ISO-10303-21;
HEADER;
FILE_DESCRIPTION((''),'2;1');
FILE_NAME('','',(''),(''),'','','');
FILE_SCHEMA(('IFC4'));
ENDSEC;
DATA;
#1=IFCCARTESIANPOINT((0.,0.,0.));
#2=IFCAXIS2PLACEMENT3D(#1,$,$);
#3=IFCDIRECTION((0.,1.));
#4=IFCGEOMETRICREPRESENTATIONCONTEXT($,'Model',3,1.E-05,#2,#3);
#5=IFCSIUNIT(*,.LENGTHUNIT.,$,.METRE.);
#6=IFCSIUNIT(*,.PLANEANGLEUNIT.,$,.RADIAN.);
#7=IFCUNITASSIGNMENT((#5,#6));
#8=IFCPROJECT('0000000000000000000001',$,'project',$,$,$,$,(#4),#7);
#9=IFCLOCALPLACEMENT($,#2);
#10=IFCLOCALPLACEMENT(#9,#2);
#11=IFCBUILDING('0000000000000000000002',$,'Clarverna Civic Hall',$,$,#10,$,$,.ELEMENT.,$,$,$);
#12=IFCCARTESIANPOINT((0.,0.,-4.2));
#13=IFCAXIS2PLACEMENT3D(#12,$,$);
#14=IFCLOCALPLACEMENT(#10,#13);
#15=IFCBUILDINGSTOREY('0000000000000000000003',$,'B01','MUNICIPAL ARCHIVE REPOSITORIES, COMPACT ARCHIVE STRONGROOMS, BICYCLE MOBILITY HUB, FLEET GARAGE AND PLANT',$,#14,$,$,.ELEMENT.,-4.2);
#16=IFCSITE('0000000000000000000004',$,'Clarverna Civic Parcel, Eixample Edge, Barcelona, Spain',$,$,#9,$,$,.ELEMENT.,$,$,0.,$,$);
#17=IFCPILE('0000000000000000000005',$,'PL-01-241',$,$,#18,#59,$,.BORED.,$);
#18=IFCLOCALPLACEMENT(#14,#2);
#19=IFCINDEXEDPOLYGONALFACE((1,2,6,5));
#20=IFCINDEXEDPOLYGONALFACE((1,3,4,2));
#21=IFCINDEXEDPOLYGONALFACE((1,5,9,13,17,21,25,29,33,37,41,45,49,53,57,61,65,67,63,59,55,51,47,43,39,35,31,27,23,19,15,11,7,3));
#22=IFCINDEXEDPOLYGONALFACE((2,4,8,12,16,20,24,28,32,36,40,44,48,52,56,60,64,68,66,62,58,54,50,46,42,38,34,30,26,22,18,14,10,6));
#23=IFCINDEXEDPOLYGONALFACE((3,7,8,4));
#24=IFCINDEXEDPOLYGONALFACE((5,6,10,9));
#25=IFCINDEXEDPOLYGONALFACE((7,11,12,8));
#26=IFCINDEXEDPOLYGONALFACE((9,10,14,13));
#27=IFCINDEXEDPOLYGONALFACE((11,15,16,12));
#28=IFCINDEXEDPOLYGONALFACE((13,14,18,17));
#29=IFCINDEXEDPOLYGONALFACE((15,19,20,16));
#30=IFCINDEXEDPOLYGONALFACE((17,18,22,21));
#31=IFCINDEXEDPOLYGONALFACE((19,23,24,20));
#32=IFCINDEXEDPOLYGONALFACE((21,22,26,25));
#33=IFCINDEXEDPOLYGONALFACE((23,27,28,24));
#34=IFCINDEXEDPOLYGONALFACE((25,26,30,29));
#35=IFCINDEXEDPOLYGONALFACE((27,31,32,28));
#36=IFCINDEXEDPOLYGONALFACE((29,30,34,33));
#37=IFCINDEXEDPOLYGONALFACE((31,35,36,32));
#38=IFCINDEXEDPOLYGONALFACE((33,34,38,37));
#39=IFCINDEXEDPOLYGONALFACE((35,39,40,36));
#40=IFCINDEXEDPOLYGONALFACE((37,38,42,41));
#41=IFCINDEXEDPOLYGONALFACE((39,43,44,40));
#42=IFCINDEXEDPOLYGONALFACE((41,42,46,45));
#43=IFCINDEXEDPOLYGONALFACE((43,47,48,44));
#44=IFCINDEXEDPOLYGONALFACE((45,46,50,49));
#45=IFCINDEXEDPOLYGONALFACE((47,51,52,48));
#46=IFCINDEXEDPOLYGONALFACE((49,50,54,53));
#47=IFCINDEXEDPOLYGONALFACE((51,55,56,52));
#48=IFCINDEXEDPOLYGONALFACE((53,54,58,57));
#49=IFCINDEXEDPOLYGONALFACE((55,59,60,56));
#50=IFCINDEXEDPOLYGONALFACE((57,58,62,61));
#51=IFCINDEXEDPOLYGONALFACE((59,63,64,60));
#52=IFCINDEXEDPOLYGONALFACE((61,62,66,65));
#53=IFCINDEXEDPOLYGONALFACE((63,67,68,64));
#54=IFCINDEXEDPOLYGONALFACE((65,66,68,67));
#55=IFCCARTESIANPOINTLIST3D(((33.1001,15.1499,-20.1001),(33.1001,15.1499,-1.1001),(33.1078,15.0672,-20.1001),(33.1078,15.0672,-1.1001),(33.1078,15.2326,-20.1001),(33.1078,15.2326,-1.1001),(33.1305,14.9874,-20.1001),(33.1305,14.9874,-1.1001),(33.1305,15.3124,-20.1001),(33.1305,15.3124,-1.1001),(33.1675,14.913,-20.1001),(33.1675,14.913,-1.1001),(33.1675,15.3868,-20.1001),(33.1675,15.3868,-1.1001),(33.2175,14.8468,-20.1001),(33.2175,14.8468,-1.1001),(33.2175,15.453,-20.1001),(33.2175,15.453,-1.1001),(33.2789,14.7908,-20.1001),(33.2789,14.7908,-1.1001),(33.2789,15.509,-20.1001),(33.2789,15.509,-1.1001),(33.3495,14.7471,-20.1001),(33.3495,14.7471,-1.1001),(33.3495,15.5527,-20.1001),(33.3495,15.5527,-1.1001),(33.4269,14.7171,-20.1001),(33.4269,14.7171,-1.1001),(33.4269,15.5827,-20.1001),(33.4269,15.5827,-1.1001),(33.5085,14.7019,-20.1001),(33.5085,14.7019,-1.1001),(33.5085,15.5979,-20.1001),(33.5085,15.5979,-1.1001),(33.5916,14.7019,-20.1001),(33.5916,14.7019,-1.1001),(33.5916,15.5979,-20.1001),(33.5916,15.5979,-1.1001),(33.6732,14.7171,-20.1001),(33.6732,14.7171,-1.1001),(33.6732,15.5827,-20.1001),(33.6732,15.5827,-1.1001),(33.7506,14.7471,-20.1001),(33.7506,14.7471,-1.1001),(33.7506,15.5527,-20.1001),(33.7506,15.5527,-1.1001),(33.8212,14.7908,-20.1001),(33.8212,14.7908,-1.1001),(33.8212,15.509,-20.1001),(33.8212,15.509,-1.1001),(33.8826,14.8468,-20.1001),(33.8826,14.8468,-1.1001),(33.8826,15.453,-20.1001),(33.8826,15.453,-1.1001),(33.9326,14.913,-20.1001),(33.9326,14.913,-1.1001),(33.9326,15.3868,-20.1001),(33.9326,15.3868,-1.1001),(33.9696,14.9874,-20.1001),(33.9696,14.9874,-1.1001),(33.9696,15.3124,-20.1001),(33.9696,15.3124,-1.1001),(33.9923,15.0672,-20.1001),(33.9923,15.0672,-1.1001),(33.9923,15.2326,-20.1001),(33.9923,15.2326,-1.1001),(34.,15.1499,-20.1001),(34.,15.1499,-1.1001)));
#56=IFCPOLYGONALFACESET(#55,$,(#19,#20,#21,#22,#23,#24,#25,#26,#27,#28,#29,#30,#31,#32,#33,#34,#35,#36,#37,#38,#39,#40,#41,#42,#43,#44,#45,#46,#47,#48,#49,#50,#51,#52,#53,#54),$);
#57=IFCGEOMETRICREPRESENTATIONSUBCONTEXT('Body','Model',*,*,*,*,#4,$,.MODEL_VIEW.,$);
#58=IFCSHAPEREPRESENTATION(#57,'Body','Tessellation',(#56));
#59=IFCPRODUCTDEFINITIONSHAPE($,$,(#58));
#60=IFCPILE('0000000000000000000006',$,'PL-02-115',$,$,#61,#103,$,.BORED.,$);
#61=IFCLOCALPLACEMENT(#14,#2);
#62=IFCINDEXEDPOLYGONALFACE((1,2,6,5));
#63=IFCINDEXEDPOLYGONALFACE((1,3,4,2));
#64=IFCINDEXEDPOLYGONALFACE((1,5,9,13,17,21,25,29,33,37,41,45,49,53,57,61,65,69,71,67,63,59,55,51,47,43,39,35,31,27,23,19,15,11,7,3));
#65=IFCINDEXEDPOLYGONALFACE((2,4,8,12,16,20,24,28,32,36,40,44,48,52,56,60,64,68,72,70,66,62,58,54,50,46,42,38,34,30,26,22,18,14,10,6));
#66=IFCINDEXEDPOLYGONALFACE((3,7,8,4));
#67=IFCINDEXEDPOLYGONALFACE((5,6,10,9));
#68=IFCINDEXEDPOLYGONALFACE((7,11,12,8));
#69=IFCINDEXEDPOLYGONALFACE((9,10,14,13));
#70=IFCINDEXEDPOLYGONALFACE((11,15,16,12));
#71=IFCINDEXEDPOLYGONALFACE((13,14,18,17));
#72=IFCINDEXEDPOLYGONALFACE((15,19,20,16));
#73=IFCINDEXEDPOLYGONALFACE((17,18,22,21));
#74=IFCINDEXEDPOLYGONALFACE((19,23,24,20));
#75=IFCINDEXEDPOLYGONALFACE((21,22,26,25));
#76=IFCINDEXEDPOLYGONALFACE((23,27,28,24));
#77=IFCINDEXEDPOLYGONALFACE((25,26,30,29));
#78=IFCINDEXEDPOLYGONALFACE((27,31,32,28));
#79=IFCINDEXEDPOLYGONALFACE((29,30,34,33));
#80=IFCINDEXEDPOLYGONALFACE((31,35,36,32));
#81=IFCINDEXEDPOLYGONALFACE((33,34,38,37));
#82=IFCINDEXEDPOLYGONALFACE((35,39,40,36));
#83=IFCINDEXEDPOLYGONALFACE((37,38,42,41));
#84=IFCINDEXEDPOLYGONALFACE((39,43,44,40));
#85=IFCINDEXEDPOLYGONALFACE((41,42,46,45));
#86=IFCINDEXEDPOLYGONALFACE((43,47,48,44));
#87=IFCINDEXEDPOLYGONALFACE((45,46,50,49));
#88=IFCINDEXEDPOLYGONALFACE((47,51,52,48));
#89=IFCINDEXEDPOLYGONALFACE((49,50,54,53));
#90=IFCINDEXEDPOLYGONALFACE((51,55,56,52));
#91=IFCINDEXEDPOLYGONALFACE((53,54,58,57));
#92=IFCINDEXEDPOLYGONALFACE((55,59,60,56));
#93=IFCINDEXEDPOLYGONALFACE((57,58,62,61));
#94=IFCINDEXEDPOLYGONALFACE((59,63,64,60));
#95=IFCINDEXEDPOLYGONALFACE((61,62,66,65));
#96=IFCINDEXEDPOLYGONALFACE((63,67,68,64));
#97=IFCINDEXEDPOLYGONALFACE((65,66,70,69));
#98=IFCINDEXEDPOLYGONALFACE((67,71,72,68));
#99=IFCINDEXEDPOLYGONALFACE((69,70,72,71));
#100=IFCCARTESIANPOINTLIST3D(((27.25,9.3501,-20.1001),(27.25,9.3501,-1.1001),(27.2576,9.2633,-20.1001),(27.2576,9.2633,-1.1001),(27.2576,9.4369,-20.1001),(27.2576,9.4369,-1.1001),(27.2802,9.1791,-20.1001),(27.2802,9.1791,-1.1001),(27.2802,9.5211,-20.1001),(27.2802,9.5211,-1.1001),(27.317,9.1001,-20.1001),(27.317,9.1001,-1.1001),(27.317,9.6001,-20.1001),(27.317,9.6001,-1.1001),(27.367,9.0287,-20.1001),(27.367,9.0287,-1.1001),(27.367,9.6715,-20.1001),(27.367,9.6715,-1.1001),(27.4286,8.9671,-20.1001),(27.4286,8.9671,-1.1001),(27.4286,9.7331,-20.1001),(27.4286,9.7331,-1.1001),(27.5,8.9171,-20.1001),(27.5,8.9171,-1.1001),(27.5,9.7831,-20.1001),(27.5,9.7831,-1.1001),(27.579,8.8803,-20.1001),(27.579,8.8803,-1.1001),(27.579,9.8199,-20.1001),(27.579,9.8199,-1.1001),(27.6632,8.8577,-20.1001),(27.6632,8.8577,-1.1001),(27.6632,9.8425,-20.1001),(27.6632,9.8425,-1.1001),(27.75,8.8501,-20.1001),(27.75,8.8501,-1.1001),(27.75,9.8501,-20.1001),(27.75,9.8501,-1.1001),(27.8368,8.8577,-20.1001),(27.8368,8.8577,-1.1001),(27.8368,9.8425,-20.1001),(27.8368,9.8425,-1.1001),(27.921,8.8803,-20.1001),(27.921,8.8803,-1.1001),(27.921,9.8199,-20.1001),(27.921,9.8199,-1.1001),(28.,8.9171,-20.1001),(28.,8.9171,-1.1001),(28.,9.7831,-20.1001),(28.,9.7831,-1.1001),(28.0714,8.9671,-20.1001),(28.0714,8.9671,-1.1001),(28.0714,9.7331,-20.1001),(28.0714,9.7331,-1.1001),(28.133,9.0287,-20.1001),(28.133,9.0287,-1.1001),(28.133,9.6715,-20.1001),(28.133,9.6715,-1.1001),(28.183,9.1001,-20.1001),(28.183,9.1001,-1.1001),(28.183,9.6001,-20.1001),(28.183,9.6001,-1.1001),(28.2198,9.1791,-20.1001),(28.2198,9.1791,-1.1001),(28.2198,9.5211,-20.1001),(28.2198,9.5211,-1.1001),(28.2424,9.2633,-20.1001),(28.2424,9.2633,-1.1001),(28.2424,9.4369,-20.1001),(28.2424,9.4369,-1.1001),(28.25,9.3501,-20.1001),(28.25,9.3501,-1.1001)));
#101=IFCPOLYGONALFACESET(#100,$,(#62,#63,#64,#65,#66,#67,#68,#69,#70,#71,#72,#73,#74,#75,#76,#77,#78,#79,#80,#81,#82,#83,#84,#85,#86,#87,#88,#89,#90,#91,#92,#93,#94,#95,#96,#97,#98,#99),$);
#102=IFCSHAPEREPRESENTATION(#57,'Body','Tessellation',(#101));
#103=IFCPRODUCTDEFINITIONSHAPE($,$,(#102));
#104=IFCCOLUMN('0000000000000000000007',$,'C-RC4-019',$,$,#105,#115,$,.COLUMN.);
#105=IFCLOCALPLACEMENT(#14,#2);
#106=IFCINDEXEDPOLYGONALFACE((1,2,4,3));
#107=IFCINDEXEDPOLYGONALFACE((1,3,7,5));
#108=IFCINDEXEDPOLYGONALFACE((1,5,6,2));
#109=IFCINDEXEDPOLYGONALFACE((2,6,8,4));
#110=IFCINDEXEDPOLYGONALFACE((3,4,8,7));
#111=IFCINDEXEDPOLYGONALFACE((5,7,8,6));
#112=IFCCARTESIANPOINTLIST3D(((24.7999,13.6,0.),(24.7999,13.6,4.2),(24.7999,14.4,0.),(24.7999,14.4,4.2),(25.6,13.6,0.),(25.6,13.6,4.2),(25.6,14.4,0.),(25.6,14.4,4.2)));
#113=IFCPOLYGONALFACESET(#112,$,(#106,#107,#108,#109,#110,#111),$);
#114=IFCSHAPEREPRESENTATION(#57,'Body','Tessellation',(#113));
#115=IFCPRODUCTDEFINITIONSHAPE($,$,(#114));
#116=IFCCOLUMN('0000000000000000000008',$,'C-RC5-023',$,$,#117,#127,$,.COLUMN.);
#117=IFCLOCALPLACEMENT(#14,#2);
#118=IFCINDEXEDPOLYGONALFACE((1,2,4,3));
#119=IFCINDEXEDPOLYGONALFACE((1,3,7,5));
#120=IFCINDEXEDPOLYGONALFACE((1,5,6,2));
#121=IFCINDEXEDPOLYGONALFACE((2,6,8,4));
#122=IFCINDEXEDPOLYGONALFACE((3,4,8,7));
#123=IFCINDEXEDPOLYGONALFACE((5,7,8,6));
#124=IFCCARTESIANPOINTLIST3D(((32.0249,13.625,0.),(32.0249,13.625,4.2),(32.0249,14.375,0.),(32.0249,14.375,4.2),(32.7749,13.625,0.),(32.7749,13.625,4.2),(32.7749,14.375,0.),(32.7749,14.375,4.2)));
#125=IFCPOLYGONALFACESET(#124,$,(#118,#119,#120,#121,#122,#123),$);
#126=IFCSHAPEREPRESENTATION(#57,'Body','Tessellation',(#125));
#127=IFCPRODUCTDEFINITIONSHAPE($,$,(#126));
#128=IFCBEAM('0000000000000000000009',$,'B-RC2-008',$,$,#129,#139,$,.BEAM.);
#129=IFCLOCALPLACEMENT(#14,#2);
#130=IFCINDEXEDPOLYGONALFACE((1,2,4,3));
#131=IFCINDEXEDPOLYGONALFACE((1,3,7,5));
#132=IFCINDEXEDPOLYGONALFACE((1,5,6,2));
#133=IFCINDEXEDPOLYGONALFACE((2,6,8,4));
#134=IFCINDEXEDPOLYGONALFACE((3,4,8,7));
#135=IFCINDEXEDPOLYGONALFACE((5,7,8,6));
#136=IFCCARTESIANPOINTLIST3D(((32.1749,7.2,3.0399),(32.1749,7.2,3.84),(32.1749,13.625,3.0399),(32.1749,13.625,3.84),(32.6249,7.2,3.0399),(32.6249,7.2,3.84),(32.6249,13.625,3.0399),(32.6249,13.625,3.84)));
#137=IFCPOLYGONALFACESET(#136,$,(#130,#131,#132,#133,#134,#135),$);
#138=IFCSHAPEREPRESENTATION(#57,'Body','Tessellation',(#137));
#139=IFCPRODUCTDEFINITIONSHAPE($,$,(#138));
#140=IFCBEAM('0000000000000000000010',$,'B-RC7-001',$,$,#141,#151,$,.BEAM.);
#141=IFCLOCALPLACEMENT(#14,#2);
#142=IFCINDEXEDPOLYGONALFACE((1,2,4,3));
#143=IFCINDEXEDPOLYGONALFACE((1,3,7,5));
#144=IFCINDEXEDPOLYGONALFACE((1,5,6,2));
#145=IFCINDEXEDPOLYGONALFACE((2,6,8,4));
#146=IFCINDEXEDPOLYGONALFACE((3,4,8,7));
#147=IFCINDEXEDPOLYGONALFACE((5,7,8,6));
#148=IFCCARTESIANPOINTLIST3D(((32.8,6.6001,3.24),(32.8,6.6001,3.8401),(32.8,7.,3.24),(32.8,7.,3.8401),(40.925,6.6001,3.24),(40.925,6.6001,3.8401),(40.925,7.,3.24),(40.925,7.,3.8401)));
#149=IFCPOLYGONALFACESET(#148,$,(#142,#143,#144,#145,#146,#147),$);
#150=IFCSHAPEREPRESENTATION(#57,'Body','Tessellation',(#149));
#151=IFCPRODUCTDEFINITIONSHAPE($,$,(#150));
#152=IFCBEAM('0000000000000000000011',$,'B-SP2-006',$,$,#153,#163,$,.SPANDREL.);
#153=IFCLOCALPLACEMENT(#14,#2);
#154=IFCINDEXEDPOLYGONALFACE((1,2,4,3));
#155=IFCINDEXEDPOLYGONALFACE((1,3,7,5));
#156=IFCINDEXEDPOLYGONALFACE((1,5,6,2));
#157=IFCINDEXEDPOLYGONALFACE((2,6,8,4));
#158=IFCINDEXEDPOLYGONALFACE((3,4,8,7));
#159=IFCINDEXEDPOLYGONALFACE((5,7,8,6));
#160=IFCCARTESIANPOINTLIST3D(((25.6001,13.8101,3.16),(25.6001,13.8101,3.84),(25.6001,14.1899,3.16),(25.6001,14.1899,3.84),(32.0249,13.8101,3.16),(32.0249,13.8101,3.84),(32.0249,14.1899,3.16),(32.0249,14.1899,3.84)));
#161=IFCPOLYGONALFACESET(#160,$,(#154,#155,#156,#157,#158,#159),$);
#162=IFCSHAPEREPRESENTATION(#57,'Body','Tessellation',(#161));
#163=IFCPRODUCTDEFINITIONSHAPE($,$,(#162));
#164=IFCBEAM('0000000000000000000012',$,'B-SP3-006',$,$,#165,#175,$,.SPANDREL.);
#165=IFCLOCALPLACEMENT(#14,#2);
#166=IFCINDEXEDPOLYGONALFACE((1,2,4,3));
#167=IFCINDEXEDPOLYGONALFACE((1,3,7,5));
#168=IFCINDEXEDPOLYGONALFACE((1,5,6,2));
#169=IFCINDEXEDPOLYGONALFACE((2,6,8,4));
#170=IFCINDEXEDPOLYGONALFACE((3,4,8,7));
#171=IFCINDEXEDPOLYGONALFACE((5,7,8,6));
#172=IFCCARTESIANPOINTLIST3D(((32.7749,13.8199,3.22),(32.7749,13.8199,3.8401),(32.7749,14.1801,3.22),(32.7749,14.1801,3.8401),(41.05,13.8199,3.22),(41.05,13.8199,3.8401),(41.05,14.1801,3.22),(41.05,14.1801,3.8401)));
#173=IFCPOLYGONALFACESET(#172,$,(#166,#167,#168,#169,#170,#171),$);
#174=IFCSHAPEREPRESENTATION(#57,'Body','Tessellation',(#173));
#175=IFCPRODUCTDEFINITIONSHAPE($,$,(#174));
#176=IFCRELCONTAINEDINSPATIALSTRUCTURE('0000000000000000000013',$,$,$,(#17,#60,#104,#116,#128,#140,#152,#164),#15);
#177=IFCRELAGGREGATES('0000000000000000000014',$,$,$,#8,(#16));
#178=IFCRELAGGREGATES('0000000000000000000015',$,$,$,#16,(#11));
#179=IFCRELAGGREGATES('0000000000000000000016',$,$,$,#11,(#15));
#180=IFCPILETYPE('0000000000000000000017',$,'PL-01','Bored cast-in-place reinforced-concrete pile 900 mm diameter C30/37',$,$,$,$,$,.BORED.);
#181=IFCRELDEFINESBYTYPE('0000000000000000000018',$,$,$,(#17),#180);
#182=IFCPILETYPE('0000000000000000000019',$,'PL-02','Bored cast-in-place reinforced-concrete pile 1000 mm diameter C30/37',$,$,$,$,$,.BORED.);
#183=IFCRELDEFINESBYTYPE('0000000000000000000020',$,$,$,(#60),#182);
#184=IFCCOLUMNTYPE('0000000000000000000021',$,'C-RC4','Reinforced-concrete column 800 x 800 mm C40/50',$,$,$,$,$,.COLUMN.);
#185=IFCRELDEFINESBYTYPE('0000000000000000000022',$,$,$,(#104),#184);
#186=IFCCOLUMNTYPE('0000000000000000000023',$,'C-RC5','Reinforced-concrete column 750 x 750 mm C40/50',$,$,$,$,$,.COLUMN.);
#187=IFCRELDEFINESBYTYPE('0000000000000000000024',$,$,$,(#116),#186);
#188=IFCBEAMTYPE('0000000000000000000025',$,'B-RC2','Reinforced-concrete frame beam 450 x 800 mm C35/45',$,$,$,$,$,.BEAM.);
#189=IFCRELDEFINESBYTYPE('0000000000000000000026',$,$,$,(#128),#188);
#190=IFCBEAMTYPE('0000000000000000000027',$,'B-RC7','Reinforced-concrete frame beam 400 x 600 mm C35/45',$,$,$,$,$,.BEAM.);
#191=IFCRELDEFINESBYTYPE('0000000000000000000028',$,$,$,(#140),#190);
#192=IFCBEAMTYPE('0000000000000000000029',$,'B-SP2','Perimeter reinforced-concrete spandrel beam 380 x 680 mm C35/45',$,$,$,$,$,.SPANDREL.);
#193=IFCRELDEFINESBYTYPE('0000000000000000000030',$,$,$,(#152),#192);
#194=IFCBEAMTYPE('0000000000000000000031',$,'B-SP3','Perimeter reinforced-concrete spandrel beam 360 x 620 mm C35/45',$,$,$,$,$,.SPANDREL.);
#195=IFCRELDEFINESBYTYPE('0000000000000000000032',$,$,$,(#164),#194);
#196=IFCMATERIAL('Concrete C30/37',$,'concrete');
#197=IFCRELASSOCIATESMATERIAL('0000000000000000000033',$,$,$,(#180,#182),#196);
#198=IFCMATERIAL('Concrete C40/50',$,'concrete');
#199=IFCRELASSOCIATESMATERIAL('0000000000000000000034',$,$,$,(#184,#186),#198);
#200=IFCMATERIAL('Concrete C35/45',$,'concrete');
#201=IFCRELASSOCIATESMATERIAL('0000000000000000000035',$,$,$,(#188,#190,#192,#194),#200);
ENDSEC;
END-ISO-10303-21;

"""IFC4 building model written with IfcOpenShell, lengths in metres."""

from ifc_helpers import new_model, si_unit, direction, frame, origin, origin_2d, place, context, subcontext, project, spatial, rectangle, circle, extrude, material, material_profile, profile_set, type_object, element, save


model = new_model("IFC4")

# Units and contexts
model_context = context("Model", 3, precision=1e-05, world=origin(), true_north=direction((0.0, 1.0)))
body_context = subcontext(model_context, "Body", "Model", "MODEL_VIEW")
ifc_project = project(units=[si_unit("LENGTHUNIT", "METRE"), si_unit("PLANEANGLEUNIT", "RADIAN")], contexts=[model_context])

# Site, building, storey
site_placement = place(None, origin())
site = spatial("IfcSite", under=ifc_project, at=site_placement, Name="Clarverna Civic Parcel, Eixample Edge, Barcelona, Spain", CompositionType="ELEMENT", RefElevation=0.0)
building_placement = place(site_placement, origin())
building = spatial("IfcBuilding", under=site, at=building_placement, Name="Clarverna Civic Hall", CompositionType="ELEMENT")
storey_placement = place(building_placement, frame((0.0, 0.0, -4.2)))
storey = spatial("IfcBuildingStorey", under=building, at=storey_placement, Name="B01", Description="MUNICIPAL ARCHIVE REPOSITORIES, COMPACT ARCHIVE STRONGROOMS, BICYCLE MOBILITY HUB, FLEET GARAGE AND PLANT", CompositionType="ELEMENT", Elevation=-4.2)

# Shared definitions
ifc_material_1 = material(Name="Concrete C30/37", Category="concrete")

# Piles
ifc_material_profile_1 = material_profile(ifc_material_1, circle(Radius=0.45, at=origin_2d()), Name="BORED PILE D900")
ifc_profile_set_1 = profile_set([ifc_material_profile_1], Name="Concrete C30/37")
pile_type_1 = type_object("IfcPileType", Name="PL-01", Description="Bored cast-in-place reinforced-concrete pile 900 mm diameter C30/37", PredefinedType="BORED", material=ifc_profile_set_1)
for number, where, z_axis, x_axis, name in (
    (1, (33.55, 15.1499, -1.1001), (0.0, 0.0, -1.0), (1.0, 0.0, 0.0), "PL-01-241"),
):
    element("IfcPile", number, at=place(storey_placement, frame(where, z_axis=z_axis, x_axis=x_axis)), inside=storey, type_object=pile_type_1, Name=name, PredefinedType="BORED", context=body_context, shape_type="SweptSolid", body=[
        extrude(circle(Radius=0.45, at=origin_2d()), origin(), (0.0, 0.0, 1.0), 19.0),
    ])
ifc_material_profile_2 = material_profile(ifc_material_1, circle(Radius=0.5, at=origin_2d()), Name="BORED PILE D1000")
ifc_profile_set_2 = profile_set([ifc_material_profile_2], Name="Concrete C30/37")
pile_type_2 = type_object("IfcPileType", Name="PL-02", Description="Bored cast-in-place reinforced-concrete pile 1000 mm diameter C30/37", PredefinedType="BORED", material=ifc_profile_set_2)
pile_placement = place(storey_placement, frame((27.75, 9.3501, -1.1001), z_axis=(0.0, 0.0, -1.0), x_axis=(1.0, 0.0, 0.0)))
element("IfcPile", 2, at=pile_placement, inside=storey, type_object=pile_type_2, Name="PL-02-115", PredefinedType="BORED", context=body_context, shape_type="SweptSolid", body=[
    extrude(circle(Radius=0.5, at=origin_2d()), origin(), (0.0, 0.0, 1.0), 19.0),
])

# Columns
ifc_material_2 = material(Name="Concrete C40/50", Category="concrete")
ifc_material_profile_3 = material_profile(ifc_material_2, rectangle(XDim=0.8, YDim=0.8, at=origin_2d()), Name="RC 800x800")
ifc_profile_set_3 = profile_set([ifc_material_profile_3], Name="Concrete C40/50")
column_type_1 = type_object("IfcColumnType", Name="C-RC4", Description="Reinforced-concrete column 800 x 800 mm C40/50", PredefinedType="COLUMN", material=ifc_profile_set_3)
column_1_placement = place(storey_placement, frame((25.2, 14.0, 0.0), z_axis=(0.0, 0.0, 1.0), x_axis=(1.0, 0.0, 0.0)))
element("IfcColumn", 3, at=column_1_placement, inside=storey, type_object=column_type_1, Name="C-RC4-019", PredefinedType="COLUMN", context=body_context, shape_type="SweptSolid", body=[
    extrude(rectangle(XDim=0.8, YDim=0.8, at=origin_2d()), origin(), (0.0, 0.0, 1.0), 4.2),
])
ifc_material_profile_4 = material_profile(ifc_material_2, rectangle(XDim=0.75, YDim=0.75, at=origin_2d()), Name="RC 750x750")
ifc_profile_set_4 = profile_set([ifc_material_profile_4], Name="Concrete C40/50")
column_type_2 = type_object("IfcColumnType", Name="C-RC5", Description="Reinforced-concrete column 750 x 750 mm C40/50", PredefinedType="COLUMN", material=ifc_profile_set_4)
column_2_placement = place(storey_placement, frame((32.3999, 14.0, 0.0), z_axis=(0.0, 0.0, 1.0), x_axis=(1.0, 0.0, 0.0)))
element("IfcColumn", 4, at=column_2_placement, inside=storey, type_object=column_type_2, Name="C-RC5-023", PredefinedType="COLUMN", context=body_context, shape_type="SweptSolid", body=[
    extrude(rectangle(XDim=0.75, YDim=0.75, at=origin_2d()), origin(), (0.0, 0.0, 1.0), 4.2),
])

# Beams
ifc_material_3 = material(Name="Concrete C35/45", Category="concrete")
ifc_material_profile_5 = material_profile(ifc_material_3, rectangle(XDim=0.45, YDim=0.8, at=origin_2d()), Name="RC 450x800")
ifc_profile_set_5 = profile_set([ifc_material_profile_5], Name="Concrete C35/45")
beam_type_1 = type_object("IfcBeamType", Name="B-RC2", Description="Reinforced-concrete frame beam 450 x 800 mm C35/45", PredefinedType="BEAM", material=ifc_profile_set_5)
beam_1_placement = place(storey_placement, frame((32.3999, 7.2, 3.4399), z_axis=(0.0, 1.0, 0.0), x_axis=(-1.0, 0.0, 0.0)))
element("IfcBeam", 5, at=beam_1_placement, inside=storey, type_object=beam_type_1, Name="B-RC2-008", PredefinedType="BEAM", context=body_context, shape_type="SweptSolid", body=[
    extrude(rectangle(XDim=0.45, YDim=0.8, at=origin_2d()), origin(), (0.0, 0.0, 1.0), 6.425),
])
ifc_material_profile_6 = material_profile(ifc_material_3, rectangle(XDim=0.3999, YDim=0.6001, at=origin_2d()), Name="RC 400x600")
ifc_profile_set_6 = profile_set([ifc_material_profile_6], Name="Concrete C35/45")
beam_type_2 = type_object("IfcBeamType", Name="B-RC7", Description="Reinforced-concrete frame beam 400 x 600 mm C35/45", PredefinedType="BEAM", material=ifc_profile_set_6)
beam_2_placement = place(storey_placement, frame((32.8, 6.8, 3.54), z_axis=(1.0, 0.0, 0.0), x_axis=(0.0, 1.0, 0.0)))
element("IfcBeam", 6, at=beam_2_placement, inside=storey, type_object=beam_type_2, Name="B-RC7-001", PredefinedType="BEAM", context=body_context, shape_type="SweptSolid", body=[
    extrude(rectangle(XDim=0.3999, YDim=0.6001, at=origin_2d()), origin(), (0.0, 0.0, 1.0), 8.125),
])
ifc_material_profile_7 = material_profile(ifc_material_3, rectangle(XDim=0.3799, YDim=0.6799, at=origin_2d()), Name="RC 380x680")
ifc_profile_set_7 = profile_set([ifc_material_profile_7], Name="Concrete C35/45")
beam_type_3 = type_object("IfcBeamType", Name="B-SP2", Description="Perimeter reinforced-concrete spandrel beam 380 x 680 mm C35/45", PredefinedType="SPANDREL", material=ifc_profile_set_7)
beam_3_placement = place(storey_placement, frame((25.6001, 14.0, 3.5), z_axis=(1.0, 0.0, 0.0), x_axis=(0.0, 1.0, 0.0)))
element("IfcBeam", 7, at=beam_3_placement, inside=storey, type_object=beam_type_3, Name="B-SP2-006", PredefinedType="SPANDREL", context=body_context, shape_type="SweptSolid", body=[
    extrude(rectangle(XDim=0.3799, YDim=0.6799, at=origin_2d()), origin(), (0.0, 0.0, 1.0), 6.4248),
])
ifc_material_profile_8 = material_profile(ifc_material_3, rectangle(XDim=0.3601, YDim=0.6201, at=origin_2d()), Name="RC 360x620")
ifc_profile_set_8 = profile_set([ifc_material_profile_8], Name="Concrete C35/45")
beam_type_4 = type_object("IfcBeamType", Name="B-SP3", Description="Perimeter reinforced-concrete spandrel beam 360 x 620 mm C35/45", PredefinedType="SPANDREL", material=ifc_profile_set_8)
beam_4_placement = place(storey_placement, frame((32.7749, 14.0, 3.53), z_axis=(1.0, 0.0, 0.0), x_axis=(0.0, 1.0, 0.0)))
element("IfcBeam", 8, at=beam_4_placement, inside=storey, type_object=beam_type_4, Name="B-SP3-006", PredefinedType="SPANDREL", context=body_context, shape_type="SweptSolid", body=[
    extrude(rectangle(XDim=0.3601, YDim=0.6201, at=origin_2d()), origin(), (0.0, 0.0, 1.0), 8.2751),
])

save(model, "model.ifc")
